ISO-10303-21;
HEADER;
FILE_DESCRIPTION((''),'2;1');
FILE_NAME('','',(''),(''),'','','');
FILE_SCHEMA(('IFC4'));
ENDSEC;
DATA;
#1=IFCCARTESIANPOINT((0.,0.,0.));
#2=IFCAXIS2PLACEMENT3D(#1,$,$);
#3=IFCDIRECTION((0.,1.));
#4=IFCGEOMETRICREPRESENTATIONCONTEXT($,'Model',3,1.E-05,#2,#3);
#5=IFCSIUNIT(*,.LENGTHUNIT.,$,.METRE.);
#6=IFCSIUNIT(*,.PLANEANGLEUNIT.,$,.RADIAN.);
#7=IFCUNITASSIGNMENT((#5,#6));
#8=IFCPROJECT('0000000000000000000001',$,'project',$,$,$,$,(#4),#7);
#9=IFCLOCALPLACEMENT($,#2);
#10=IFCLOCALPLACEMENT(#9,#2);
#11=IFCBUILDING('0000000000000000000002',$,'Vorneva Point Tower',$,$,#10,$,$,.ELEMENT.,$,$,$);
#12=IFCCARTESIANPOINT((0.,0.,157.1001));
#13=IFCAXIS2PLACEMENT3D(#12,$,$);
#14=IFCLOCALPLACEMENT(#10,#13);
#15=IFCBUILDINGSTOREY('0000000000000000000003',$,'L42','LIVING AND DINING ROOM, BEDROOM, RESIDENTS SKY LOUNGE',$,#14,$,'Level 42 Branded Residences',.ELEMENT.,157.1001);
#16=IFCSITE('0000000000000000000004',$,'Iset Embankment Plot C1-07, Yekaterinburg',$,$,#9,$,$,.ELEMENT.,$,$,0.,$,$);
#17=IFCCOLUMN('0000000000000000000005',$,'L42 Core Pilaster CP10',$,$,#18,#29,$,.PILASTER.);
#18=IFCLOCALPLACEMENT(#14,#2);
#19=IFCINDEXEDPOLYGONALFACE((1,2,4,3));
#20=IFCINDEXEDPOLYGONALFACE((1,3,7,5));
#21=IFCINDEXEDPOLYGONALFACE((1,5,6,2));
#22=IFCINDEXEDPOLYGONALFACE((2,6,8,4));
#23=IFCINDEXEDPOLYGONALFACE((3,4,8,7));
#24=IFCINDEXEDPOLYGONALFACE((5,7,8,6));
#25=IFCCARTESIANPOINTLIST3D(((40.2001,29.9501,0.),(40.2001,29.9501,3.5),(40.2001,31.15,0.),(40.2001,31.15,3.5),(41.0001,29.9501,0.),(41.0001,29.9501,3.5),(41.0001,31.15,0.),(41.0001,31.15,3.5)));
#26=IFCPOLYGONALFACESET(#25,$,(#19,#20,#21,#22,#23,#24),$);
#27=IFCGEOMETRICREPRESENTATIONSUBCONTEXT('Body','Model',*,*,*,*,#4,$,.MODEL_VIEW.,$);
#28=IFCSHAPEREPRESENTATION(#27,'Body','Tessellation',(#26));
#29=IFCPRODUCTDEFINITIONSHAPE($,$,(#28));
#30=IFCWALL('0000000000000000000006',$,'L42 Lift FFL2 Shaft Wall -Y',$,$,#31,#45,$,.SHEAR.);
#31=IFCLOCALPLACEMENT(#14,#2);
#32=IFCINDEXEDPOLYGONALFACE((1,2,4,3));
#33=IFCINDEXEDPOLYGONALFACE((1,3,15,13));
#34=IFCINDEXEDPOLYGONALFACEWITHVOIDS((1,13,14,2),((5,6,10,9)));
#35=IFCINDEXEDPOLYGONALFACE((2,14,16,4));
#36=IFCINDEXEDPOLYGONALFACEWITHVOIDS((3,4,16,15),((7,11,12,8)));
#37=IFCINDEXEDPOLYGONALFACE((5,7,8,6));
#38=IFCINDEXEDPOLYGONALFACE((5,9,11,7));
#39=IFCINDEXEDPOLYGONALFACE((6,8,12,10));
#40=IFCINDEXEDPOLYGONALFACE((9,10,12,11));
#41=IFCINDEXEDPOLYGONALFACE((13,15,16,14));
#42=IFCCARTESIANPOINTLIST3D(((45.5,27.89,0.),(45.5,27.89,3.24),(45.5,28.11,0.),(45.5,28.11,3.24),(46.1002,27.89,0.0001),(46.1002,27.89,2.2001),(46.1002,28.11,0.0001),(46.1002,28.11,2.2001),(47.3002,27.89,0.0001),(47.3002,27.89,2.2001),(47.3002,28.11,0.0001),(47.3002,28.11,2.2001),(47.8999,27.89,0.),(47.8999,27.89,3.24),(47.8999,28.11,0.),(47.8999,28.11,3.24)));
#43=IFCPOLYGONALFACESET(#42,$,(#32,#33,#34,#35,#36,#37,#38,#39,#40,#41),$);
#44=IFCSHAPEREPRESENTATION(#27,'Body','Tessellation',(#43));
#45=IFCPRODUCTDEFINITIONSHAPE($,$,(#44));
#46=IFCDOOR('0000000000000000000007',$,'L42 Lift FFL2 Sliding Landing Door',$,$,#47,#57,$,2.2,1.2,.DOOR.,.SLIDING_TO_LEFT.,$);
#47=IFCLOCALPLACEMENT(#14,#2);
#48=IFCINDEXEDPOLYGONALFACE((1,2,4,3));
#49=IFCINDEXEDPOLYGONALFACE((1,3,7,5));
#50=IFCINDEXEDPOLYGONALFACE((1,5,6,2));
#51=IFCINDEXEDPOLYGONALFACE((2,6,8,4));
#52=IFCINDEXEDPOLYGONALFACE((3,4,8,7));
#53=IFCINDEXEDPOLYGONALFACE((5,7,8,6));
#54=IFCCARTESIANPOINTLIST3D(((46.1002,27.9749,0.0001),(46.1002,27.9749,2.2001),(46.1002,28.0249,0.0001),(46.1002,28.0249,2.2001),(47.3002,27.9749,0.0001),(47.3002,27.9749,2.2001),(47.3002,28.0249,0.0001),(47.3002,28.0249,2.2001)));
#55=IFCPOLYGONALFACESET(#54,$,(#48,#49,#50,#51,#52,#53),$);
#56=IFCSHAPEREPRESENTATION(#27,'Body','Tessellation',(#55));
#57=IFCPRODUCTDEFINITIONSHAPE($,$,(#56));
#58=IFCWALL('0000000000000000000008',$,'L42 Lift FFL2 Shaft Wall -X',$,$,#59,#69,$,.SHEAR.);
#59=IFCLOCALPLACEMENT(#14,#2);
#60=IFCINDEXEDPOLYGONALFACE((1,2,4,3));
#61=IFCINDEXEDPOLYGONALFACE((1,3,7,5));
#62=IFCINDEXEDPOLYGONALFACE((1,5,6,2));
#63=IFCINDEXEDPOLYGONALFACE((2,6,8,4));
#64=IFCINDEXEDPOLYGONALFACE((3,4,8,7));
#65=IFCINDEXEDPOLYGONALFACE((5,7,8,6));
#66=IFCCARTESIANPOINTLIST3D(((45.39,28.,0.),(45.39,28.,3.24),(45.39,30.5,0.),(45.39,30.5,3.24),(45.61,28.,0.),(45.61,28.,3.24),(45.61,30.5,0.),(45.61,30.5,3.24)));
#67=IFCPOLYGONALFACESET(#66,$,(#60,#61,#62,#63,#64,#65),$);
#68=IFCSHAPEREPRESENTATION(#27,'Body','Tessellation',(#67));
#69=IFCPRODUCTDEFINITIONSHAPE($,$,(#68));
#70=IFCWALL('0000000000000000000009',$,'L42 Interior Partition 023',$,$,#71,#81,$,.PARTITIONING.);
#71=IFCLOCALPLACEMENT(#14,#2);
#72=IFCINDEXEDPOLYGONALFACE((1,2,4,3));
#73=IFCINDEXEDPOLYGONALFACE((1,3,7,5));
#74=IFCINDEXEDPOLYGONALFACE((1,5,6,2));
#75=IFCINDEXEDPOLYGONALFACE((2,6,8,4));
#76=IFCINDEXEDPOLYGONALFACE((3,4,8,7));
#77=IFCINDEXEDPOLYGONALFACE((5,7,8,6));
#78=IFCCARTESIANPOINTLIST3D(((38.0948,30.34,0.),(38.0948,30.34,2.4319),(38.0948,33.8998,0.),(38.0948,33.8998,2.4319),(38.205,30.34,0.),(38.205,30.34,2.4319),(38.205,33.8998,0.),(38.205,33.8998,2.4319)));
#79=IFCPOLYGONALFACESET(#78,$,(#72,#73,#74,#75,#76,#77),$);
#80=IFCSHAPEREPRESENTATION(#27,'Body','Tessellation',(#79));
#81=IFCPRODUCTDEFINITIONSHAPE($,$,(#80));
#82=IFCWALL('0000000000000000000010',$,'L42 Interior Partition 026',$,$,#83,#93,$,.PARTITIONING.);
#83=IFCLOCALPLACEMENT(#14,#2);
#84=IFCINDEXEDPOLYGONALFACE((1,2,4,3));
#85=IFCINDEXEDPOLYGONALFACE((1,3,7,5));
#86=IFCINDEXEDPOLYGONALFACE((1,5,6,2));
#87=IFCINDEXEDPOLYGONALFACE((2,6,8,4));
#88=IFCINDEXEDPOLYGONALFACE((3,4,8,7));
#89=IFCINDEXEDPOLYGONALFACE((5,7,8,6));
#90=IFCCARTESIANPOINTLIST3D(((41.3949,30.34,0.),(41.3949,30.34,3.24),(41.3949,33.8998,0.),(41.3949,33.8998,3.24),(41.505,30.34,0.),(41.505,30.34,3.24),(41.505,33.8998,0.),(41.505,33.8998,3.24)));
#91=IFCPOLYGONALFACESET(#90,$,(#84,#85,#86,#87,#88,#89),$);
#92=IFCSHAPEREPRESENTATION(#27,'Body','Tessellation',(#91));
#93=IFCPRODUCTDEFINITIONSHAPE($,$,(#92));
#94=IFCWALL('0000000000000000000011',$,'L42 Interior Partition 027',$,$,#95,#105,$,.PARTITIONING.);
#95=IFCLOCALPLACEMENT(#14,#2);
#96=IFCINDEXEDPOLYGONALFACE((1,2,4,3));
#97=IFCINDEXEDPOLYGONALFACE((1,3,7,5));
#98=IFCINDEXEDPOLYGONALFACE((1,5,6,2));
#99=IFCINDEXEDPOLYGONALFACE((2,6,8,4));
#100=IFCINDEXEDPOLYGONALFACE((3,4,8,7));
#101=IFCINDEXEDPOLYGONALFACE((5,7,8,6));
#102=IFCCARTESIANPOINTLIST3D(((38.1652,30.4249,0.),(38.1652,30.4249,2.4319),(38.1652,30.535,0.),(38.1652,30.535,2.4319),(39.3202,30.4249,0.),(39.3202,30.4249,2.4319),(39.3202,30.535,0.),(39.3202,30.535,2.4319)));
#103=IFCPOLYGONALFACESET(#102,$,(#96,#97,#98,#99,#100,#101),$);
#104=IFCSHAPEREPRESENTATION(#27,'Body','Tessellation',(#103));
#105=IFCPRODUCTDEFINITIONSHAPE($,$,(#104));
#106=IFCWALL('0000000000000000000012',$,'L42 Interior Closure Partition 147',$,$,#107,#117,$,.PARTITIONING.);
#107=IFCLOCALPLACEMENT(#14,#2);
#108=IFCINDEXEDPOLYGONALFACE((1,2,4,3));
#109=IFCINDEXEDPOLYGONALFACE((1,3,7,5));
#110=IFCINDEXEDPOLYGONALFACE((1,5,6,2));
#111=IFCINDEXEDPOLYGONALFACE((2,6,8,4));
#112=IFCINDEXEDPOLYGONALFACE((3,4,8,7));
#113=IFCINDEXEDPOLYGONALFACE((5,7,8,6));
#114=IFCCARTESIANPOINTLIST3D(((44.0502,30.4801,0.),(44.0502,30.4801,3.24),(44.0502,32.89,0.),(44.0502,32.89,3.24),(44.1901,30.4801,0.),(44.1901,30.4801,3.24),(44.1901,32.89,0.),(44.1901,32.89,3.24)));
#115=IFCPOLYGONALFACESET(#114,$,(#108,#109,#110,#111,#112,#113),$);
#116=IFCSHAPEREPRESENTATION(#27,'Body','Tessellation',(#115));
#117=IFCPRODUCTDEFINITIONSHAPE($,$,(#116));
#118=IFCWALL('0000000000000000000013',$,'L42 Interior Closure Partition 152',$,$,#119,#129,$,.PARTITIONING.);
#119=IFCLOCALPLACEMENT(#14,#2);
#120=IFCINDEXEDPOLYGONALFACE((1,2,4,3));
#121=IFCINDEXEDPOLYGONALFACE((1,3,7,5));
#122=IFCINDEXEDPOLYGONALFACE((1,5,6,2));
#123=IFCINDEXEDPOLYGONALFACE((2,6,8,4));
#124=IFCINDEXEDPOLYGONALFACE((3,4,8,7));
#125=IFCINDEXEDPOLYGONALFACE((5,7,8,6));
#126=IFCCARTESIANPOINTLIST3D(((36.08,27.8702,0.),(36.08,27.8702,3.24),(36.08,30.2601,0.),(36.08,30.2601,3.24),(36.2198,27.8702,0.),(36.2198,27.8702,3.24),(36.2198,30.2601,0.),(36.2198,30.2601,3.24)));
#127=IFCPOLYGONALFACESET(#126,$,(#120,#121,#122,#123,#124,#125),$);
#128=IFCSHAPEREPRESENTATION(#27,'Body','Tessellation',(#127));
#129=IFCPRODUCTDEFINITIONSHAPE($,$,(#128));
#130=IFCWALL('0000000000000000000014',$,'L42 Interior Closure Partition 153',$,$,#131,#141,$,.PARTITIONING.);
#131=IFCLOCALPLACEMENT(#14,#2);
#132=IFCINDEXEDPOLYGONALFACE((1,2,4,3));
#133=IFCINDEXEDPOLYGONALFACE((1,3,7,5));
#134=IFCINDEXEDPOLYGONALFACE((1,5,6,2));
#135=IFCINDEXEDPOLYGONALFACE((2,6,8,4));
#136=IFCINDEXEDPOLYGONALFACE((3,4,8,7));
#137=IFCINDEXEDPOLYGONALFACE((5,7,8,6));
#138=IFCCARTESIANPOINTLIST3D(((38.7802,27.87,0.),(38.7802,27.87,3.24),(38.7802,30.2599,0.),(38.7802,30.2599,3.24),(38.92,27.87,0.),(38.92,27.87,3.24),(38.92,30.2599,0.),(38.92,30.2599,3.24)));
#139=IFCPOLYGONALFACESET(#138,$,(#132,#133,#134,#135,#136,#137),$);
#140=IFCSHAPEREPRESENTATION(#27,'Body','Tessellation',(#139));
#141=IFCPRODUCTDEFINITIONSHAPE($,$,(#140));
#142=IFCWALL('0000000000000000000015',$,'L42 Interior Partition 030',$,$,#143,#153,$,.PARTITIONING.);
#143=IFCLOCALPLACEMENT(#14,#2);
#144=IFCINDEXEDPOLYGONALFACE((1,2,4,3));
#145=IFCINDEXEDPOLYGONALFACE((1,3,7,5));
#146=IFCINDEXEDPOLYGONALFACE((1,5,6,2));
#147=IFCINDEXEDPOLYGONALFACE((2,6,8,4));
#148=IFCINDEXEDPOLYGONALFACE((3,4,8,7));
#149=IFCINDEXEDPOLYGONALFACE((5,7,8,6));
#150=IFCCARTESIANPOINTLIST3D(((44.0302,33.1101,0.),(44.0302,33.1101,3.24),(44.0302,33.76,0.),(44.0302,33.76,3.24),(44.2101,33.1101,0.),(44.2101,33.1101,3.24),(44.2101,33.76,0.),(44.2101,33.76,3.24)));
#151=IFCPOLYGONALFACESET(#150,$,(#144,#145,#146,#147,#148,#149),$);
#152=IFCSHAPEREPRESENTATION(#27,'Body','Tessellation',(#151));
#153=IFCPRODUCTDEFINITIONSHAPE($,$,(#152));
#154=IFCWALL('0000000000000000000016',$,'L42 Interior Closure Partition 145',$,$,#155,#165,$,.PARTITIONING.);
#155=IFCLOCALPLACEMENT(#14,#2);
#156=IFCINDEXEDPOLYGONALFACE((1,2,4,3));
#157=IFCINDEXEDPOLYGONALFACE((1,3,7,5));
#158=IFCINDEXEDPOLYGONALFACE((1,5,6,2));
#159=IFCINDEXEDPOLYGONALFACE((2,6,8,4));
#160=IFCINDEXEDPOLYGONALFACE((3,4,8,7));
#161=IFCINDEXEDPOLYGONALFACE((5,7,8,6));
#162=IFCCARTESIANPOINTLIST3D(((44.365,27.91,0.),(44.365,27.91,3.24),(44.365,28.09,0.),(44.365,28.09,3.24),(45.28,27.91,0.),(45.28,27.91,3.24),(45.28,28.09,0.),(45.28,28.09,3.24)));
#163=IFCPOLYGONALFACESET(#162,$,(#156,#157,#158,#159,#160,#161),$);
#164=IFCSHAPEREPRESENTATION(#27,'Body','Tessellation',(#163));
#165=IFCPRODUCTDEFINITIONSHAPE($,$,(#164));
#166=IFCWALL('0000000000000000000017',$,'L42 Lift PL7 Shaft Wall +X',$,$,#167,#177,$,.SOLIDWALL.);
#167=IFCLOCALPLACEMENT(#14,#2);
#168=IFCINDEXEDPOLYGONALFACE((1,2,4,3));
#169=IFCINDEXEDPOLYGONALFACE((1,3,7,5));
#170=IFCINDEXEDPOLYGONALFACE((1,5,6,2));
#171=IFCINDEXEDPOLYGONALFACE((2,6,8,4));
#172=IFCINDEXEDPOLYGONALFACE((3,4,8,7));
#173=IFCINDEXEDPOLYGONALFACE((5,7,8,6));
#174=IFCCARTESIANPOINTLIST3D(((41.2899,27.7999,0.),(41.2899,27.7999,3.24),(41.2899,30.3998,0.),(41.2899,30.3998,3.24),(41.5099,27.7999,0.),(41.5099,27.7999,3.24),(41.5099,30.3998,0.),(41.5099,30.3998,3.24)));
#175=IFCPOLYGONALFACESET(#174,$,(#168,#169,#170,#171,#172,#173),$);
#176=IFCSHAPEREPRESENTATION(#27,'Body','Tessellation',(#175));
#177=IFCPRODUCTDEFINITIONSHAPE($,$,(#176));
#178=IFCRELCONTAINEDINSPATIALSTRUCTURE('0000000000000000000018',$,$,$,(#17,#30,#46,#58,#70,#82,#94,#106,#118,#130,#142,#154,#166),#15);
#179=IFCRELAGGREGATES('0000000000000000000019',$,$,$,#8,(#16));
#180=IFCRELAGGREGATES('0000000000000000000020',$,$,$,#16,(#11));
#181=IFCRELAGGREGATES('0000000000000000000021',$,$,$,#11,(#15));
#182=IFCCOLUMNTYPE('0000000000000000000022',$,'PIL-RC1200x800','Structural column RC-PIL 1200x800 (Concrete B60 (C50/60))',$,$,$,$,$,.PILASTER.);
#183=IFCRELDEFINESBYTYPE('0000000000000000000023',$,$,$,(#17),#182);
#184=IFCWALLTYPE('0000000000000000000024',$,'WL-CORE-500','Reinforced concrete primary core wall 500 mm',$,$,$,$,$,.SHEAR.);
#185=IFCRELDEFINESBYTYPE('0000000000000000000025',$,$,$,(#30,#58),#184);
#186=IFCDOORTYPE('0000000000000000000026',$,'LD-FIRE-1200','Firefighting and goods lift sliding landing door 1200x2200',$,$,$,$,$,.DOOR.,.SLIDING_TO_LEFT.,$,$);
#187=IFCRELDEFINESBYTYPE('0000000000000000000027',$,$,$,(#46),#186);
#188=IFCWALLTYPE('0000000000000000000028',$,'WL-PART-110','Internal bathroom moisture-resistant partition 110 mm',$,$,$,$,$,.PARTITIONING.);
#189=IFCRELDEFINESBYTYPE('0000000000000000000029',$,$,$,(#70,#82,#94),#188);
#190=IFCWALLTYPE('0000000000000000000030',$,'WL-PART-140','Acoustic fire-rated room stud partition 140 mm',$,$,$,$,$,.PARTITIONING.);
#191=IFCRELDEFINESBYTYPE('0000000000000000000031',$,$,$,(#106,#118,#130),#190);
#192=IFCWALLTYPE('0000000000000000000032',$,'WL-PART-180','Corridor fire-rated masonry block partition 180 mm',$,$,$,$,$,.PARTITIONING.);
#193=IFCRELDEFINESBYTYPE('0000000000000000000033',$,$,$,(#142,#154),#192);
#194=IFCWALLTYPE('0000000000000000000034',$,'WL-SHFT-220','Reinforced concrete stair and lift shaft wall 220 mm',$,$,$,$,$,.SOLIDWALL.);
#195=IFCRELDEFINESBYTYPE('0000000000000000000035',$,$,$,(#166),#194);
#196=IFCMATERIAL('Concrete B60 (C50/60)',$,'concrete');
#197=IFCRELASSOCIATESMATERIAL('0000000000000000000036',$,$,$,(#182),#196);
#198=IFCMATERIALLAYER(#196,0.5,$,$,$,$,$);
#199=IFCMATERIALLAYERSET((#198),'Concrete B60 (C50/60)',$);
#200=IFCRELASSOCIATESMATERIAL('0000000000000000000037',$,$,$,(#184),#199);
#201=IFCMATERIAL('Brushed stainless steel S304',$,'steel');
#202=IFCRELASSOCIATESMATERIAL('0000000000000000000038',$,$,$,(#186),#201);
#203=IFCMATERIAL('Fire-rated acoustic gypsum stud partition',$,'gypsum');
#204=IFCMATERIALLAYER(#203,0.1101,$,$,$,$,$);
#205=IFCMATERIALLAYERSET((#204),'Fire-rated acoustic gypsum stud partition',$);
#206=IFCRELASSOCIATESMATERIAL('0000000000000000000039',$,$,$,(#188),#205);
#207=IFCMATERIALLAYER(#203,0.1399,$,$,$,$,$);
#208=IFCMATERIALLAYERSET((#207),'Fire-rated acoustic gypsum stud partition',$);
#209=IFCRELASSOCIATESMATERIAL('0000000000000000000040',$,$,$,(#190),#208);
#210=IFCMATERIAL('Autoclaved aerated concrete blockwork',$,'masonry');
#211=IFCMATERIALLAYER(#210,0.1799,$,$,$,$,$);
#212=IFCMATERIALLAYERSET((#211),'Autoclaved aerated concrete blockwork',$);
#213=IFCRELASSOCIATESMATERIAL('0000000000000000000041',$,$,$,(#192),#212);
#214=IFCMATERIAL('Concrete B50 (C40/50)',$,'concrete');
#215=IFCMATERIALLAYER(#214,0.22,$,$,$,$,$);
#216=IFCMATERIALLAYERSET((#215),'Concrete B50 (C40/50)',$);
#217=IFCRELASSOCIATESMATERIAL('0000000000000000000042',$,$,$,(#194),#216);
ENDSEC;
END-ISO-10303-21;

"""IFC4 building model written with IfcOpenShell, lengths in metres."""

from ifc_helpers import new_model, si_unit, direction, frame, frame_2d, origin, origin_2d, place, context, subcontext, project, spatial, rectangle, extrude, material, layer, layer_set, material_profile, profile_set, type_object, element, fill, save


model = new_model("IFC4")

# Units and contexts
model_context = context("Model", 3, precision=1e-05, world=origin(), true_north=direction((0.0, 1.0)))
body_context = subcontext(model_context, "Body", "Model", "MODEL_VIEW")
ifc_project = project(units=[si_unit("LENGTHUNIT", "METRE"), si_unit("PLANEANGLEUNIT", "RADIAN")], contexts=[model_context])

# Site, building, storey
site_placement = place(None, origin())
site = spatial("IfcSite", under=ifc_project, at=site_placement, Name="Iset Embankment Plot C1-07, Yekaterinburg", CompositionType="ELEMENT", RefElevation=0.0)
building_placement = place(site_placement, origin())
building = spatial("IfcBuilding", under=site, at=building_placement, Name="Vorneva Point Tower", CompositionType="ELEMENT")
storey_placement = place(building_placement, frame((0.0, 0.0, 157.1001)))
storey = spatial("IfcBuildingStorey", under=building, at=storey_placement, Name="L42", Description="LIVING AND DINING ROOM, BEDROOM, RESIDENTS SKY LOUNGE", LongName="Level 42 Branded Residences", CompositionType="ELEMENT", Elevation=157.1001)

# Column
ifc_material_1 = material(Name="Concrete B60 (C50/60)", Category="concrete")
ifc_material_profile = material_profile(ifc_material_1, rectangle(XDim=0.8, YDim=1.2, at=origin_2d()), Name="RC-PIL 1200x800")
ifc_profile_set = profile_set([ifc_material_profile], Name="Concrete B60 (C50/60)")
column_type = type_object("IfcColumnType", Name="PIL-RC1200x800", Description="Structural column RC-PIL 1200x800 (Concrete B60 (C50/60))", PredefinedType="PILASTER", material=ifc_profile_set)
column_placement = place(storey_placement, frame((40.6001, 30.55, 0.0), z_axis=(0.0, 0.0, 1.0), x_axis=(1.0, 0.0, 0.0)))
element("IfcColumn", 1, at=column_placement, inside=storey, type_object=column_type, Name="L42 Core Pilaster CP10", PredefinedType="PILASTER", context=body_context, shape_type="SweptSolid", body=[
    extrude(rectangle(XDim=0.8, YDim=1.2, at=origin_2d()), origin(), (0.0, 0.0, 1.0), 3.5),
])

# Wall, opening, door
ifc_layer_1 = layer(ifc_material_1, 0.5)
ifc_layer_set_1 = layer_set([ifc_layer_1], Name="Concrete B60 (C50/60)")
wall_type_1 = type_object("IfcWallType", Name="WL-CORE-500", Description="Reinforced concrete primary core wall 500 mm", PredefinedType="SHEAR", material=ifc_layer_set_1)
wall_1_placement = place(storey_placement, frame((45.5, 28.0, 0.0), z_axis=(0.0, 0.0, 1.0), x_axis=(1.0, 0.0, 0.0)))
wall_1 = element("IfcWall", 2, at=wall_1_placement, inside=storey, type_object=wall_type_1, Name="L42 Lift FFL2 Shaft Wall -Y", PredefinedType="SHEAR", context=body_context, shape_type="SweptSolid", body=[
    extrude(rectangle(XDim=2.3999, YDim=0.22, at=frame_2d((1.2, 0.0))), origin(), (0.0, 0.0, 1.0), 3.24),
])
opening_1_placement = place(wall_1_placement, frame((0.6001, 0.0, 0.0)))
opening_1 = element("IfcOpeningElement", 3, at=opening_1_placement, cuts=wall_1, PredefinedType="OPENING", context=body_context, shape_type="SweptSolid", body=[
    extrude(rectangle(XDim=1.2, YDim=2.2, at=frame_2d((0.6001, 1.1001))), frame((0.0, 0.125, 0.0), z_axis=(0.0, -1.0, 0.0), x_axis=(1.0, 0.0, 0.0)), (0.0, 0.0, 1.0), 0.2498),
])
ifc_material_2 = material(Name="Brushed stainless steel S304", Category="steel")
door_type_1 = type_object("IfcDoorType", Name="LD-FIRE-1200", Description="Firefighting and goods lift sliding landing door 1200x2200", OperationType="SLIDING_TO_LEFT", PredefinedType="DOOR", material=ifc_material_2)
door_1_placement = place(opening_1_placement, origin())
door_1 = element("IfcDoor", 4, at=door_1_placement, inside=storey, type_object=door_type_1, Name="L42 Lift FFL2 Sliding Landing Door", OperationType="SLIDING_TO_LEFT", OverallHeight=2.2, OverallWidth=1.2, PredefinedType="DOOR", context=body_context, shape_type="SweptSolid", body=[
    extrude(rectangle(XDim=1.2, YDim=2.2, at=frame_2d((0.6001, 1.1001))), frame((0.0, 0.0249, 0.0), z_axis=(0.0, -1.0, 0.0), x_axis=(1.0, 0.0, 0.0)), (0.0, 0.0, 1.0), 0.05),
])
fill(opening_1, door_1)

# Walls
wall_2_placement = place(storey_placement, frame((45.5, 30.5, 0.0), z_axis=(0.0, 0.0, 1.0), x_axis=(0.0, -1.0, 0.0)))
element("IfcWall", 5, at=wall_2_placement, inside=storey, type_object=wall_type_1, Name="L42 Lift FFL2 Shaft Wall -X", PredefinedType="SHEAR", context=body_context, shape_type="SweptSolid", body=[
    extrude(rectangle(XDim=2.5, YDim=0.22, at=frame_2d((1.25, 0.0))), origin(), (0.0, 0.0, 1.0), 3.24),
])
ifc_material_3 = material(Name="Fire-rated acoustic gypsum stud partition", Category="gypsum")
ifc_layer_2 = layer(ifc_material_3, 0.1101)
ifc_layer_set_2 = layer_set([ifc_layer_2], Name="Fire-rated acoustic gypsum stud partition")
wall_type_2 = type_object("IfcWallType", Name="WL-PART-110", Description="Internal bathroom moisture-resistant partition 110 mm", PredefinedType="PARTITIONING", material=ifc_layer_set_2)
wall_3_placement = place(storey_placement, frame((38.1499, 30.3401, 0.0), z_axis=(0.0, 0.0, 1.0), x_axis=(0.0, 1.0, 0.0)))
element("IfcWall", 6, at=wall_3_placement, inside=storey, type_object=wall_type_2, Name="L42 Interior Partition 023", PredefinedType="PARTITIONING", context=body_context, shape_type="SweptSolid", body=[
    extrude(rectangle(XDim=3.5598, YDim=0.1101, at=frame_2d((1.7798, 0.0))), origin(), (0.0, 0.0, 1.0), 2.4319),
])
wall_4_placement = place(storey_placement, frame((41.45, 30.3401, 0.0), z_axis=(0.0, 0.0, 1.0), x_axis=(0.0, 1.0, 0.0)))
element("IfcWall", 7, at=wall_4_placement, inside=storey, type_object=wall_type_2, Name="L42 Interior Partition 026", PredefinedType="PARTITIONING", context=body_context, shape_type="SweptSolid", body=[
    extrude(rectangle(XDim=3.5598, YDim=0.1101, at=frame_2d((1.7798, 0.0))), origin(), (0.0, 0.0, 1.0), 3.24),
])
wall_5_placement = place(storey_placement, frame((38.165, 30.48, 0.0), z_axis=(0.0, 0.0, 1.0), x_axis=(1.0, 0.0, 0.0)))
element("IfcWall", 8, at=wall_5_placement, inside=storey, type_object=wall_type_2, Name="L42 Interior Partition 027", PredefinedType="PARTITIONING", context=body_context, shape_type="SweptSolid", body=[
    extrude(rectangle(XDim=1.155, YDim=0.1101, at=frame_2d((0.5776, 0.0))), origin(), (0.0, 0.0, 1.0), 2.4319),
])
ifc_layer_3 = layer(ifc_material_3, 0.1399)
ifc_layer_set_3 = layer_set([ifc_layer_3], Name="Fire-rated acoustic gypsum stud partition")
wall_type_3 = type_object("IfcWallType", Name="WL-PART-140", Description="Acoustic fire-rated room stud partition 140 mm", PredefinedType="PARTITIONING", material=ifc_layer_set_3)
wall_6_placement = place(storey_placement, frame((44.1201, 30.48, 0.0), z_axis=(0.0, 0.0, 1.0), x_axis=(0.0, 1.0, 0.0)))
element("IfcWall", 9, at=wall_6_placement, inside=storey, type_object=wall_type_3, Name="L42 Interior Closure Partition 147", PredefinedType="PARTITIONING", context=body_context, shape_type="SweptSolid", body=[
    extrude(rectangle(XDim=2.4099, YDim=0.1399, at=frame_2d((1.2051, 0.0))), origin(), (0.0, 0.0, 1.0), 3.24),
])
for number, where, z_axis, x_axis, name in (
    (10, (36.1499, 30.26, 0.0), (0.0, 0.0, 1.0), (0.0, -1.0, 0.0), "L42 Interior Closure Partition 152"),
    (11, (38.8501, 27.8701, 0.0), (0.0, 0.0, 1.0), (0.0, 1.0, 0.0), "L42 Interior Closure Partition 153"),
):
    element("IfcWall", number, at=place(storey_placement, frame(where, z_axis=z_axis, x_axis=x_axis)), inside=storey, type_object=wall_type_3, Name=name, PredefinedType="PARTITIONING", context=body_context, shape_type="SweptSolid", body=[
        extrude(rectangle(XDim=2.3899, YDim=0.1399, at=frame_2d((1.1948, 0.0))), origin(), (0.0, 0.0, 1.0), 3.24),
    ])

# Shared definitions
ifc_material_4 = material(Name="Autoclaved aerated concrete blockwork", Category="masonry")
ifc_layer_4 = layer(ifc_material_4, 0.1799)
ifc_layer_set_4 = layer_set([ifc_layer_4], Name="Autoclaved aerated concrete blockwork")
wall_type_4 = type_object("IfcWallType", Name="WL-PART-180", Description="Corridor fire-rated masonry block partition 180 mm", PredefinedType="PARTITIONING", material=ifc_layer_set_4)

# Walls
wall_7_placement = place(storey_placement, frame((44.1201, 33.1101, 0.0), z_axis=(0.0, 0.0, 1.0), x_axis=(0.0, 1.0, 0.0)))
element("IfcWall", 12, at=wall_7_placement, inside=storey, type_object=wall_type_4, Name="L42 Interior Partition 030", PredefinedType="PARTITIONING", context=body_context, shape_type="SweptSolid", body=[
    extrude(rectangle(XDim=0.6499, YDim=0.1799, at=frame_2d((0.325, 0.0))), origin(), (0.0, 0.0, 1.0), 3.24),
])
wall_8_placement = place(storey_placement, frame((45.28, 28.0, 0.0), z_axis=(0.0, 0.0, 1.0), x_axis=(-1.0, 0.0, 0.0)))
element("IfcWall", 13, at=wall_8_placement, inside=storey, type_object=wall_type_4, Name="L42 Interior Closure Partition 145", PredefinedType="PARTITIONING", context=body_context, shape_type="SweptSolid", body=[
    extrude(rectangle(XDim=0.915, YDim=0.1799, at=frame_2d((0.4575, 0.0))), origin(), (0.0, 0.0, 1.0), 3.24),
])
ifc_material_5 = material(Name="Concrete B50 (C40/50)", Category="concrete")
ifc_layer_5 = layer(ifc_material_5, 0.22)
ifc_layer_set_5 = layer_set([ifc_layer_5], Name="Concrete B50 (C40/50)")
wall_type_5 = type_object("IfcWallType", Name="WL-SHFT-220", Description="Reinforced concrete stair and lift shaft wall 220 mm", PredefinedType="SOLIDWALL", material=ifc_layer_set_5)
wall_9_placement = place(storey_placement, frame((41.3999, 27.8, 0.0), z_axis=(0.0, 0.0, 1.0), x_axis=(0.0, 1.0, 0.0)))
element("IfcWall", 14, at=wall_9_placement, inside=storey, type_object=wall_type_5, Name="L42 Lift PL7 Shaft Wall +X", PredefinedType="SOLIDWALL", context=body_context, shape_type="SweptSolid", body=[
    extrude(rectangle(XDim=2.5999, YDim=0.22, at=frame_2d((1.2998, 0.0))), origin(), (0.0, 0.0, 1.0), 3.24),
])

save(model, "model.ifc")
